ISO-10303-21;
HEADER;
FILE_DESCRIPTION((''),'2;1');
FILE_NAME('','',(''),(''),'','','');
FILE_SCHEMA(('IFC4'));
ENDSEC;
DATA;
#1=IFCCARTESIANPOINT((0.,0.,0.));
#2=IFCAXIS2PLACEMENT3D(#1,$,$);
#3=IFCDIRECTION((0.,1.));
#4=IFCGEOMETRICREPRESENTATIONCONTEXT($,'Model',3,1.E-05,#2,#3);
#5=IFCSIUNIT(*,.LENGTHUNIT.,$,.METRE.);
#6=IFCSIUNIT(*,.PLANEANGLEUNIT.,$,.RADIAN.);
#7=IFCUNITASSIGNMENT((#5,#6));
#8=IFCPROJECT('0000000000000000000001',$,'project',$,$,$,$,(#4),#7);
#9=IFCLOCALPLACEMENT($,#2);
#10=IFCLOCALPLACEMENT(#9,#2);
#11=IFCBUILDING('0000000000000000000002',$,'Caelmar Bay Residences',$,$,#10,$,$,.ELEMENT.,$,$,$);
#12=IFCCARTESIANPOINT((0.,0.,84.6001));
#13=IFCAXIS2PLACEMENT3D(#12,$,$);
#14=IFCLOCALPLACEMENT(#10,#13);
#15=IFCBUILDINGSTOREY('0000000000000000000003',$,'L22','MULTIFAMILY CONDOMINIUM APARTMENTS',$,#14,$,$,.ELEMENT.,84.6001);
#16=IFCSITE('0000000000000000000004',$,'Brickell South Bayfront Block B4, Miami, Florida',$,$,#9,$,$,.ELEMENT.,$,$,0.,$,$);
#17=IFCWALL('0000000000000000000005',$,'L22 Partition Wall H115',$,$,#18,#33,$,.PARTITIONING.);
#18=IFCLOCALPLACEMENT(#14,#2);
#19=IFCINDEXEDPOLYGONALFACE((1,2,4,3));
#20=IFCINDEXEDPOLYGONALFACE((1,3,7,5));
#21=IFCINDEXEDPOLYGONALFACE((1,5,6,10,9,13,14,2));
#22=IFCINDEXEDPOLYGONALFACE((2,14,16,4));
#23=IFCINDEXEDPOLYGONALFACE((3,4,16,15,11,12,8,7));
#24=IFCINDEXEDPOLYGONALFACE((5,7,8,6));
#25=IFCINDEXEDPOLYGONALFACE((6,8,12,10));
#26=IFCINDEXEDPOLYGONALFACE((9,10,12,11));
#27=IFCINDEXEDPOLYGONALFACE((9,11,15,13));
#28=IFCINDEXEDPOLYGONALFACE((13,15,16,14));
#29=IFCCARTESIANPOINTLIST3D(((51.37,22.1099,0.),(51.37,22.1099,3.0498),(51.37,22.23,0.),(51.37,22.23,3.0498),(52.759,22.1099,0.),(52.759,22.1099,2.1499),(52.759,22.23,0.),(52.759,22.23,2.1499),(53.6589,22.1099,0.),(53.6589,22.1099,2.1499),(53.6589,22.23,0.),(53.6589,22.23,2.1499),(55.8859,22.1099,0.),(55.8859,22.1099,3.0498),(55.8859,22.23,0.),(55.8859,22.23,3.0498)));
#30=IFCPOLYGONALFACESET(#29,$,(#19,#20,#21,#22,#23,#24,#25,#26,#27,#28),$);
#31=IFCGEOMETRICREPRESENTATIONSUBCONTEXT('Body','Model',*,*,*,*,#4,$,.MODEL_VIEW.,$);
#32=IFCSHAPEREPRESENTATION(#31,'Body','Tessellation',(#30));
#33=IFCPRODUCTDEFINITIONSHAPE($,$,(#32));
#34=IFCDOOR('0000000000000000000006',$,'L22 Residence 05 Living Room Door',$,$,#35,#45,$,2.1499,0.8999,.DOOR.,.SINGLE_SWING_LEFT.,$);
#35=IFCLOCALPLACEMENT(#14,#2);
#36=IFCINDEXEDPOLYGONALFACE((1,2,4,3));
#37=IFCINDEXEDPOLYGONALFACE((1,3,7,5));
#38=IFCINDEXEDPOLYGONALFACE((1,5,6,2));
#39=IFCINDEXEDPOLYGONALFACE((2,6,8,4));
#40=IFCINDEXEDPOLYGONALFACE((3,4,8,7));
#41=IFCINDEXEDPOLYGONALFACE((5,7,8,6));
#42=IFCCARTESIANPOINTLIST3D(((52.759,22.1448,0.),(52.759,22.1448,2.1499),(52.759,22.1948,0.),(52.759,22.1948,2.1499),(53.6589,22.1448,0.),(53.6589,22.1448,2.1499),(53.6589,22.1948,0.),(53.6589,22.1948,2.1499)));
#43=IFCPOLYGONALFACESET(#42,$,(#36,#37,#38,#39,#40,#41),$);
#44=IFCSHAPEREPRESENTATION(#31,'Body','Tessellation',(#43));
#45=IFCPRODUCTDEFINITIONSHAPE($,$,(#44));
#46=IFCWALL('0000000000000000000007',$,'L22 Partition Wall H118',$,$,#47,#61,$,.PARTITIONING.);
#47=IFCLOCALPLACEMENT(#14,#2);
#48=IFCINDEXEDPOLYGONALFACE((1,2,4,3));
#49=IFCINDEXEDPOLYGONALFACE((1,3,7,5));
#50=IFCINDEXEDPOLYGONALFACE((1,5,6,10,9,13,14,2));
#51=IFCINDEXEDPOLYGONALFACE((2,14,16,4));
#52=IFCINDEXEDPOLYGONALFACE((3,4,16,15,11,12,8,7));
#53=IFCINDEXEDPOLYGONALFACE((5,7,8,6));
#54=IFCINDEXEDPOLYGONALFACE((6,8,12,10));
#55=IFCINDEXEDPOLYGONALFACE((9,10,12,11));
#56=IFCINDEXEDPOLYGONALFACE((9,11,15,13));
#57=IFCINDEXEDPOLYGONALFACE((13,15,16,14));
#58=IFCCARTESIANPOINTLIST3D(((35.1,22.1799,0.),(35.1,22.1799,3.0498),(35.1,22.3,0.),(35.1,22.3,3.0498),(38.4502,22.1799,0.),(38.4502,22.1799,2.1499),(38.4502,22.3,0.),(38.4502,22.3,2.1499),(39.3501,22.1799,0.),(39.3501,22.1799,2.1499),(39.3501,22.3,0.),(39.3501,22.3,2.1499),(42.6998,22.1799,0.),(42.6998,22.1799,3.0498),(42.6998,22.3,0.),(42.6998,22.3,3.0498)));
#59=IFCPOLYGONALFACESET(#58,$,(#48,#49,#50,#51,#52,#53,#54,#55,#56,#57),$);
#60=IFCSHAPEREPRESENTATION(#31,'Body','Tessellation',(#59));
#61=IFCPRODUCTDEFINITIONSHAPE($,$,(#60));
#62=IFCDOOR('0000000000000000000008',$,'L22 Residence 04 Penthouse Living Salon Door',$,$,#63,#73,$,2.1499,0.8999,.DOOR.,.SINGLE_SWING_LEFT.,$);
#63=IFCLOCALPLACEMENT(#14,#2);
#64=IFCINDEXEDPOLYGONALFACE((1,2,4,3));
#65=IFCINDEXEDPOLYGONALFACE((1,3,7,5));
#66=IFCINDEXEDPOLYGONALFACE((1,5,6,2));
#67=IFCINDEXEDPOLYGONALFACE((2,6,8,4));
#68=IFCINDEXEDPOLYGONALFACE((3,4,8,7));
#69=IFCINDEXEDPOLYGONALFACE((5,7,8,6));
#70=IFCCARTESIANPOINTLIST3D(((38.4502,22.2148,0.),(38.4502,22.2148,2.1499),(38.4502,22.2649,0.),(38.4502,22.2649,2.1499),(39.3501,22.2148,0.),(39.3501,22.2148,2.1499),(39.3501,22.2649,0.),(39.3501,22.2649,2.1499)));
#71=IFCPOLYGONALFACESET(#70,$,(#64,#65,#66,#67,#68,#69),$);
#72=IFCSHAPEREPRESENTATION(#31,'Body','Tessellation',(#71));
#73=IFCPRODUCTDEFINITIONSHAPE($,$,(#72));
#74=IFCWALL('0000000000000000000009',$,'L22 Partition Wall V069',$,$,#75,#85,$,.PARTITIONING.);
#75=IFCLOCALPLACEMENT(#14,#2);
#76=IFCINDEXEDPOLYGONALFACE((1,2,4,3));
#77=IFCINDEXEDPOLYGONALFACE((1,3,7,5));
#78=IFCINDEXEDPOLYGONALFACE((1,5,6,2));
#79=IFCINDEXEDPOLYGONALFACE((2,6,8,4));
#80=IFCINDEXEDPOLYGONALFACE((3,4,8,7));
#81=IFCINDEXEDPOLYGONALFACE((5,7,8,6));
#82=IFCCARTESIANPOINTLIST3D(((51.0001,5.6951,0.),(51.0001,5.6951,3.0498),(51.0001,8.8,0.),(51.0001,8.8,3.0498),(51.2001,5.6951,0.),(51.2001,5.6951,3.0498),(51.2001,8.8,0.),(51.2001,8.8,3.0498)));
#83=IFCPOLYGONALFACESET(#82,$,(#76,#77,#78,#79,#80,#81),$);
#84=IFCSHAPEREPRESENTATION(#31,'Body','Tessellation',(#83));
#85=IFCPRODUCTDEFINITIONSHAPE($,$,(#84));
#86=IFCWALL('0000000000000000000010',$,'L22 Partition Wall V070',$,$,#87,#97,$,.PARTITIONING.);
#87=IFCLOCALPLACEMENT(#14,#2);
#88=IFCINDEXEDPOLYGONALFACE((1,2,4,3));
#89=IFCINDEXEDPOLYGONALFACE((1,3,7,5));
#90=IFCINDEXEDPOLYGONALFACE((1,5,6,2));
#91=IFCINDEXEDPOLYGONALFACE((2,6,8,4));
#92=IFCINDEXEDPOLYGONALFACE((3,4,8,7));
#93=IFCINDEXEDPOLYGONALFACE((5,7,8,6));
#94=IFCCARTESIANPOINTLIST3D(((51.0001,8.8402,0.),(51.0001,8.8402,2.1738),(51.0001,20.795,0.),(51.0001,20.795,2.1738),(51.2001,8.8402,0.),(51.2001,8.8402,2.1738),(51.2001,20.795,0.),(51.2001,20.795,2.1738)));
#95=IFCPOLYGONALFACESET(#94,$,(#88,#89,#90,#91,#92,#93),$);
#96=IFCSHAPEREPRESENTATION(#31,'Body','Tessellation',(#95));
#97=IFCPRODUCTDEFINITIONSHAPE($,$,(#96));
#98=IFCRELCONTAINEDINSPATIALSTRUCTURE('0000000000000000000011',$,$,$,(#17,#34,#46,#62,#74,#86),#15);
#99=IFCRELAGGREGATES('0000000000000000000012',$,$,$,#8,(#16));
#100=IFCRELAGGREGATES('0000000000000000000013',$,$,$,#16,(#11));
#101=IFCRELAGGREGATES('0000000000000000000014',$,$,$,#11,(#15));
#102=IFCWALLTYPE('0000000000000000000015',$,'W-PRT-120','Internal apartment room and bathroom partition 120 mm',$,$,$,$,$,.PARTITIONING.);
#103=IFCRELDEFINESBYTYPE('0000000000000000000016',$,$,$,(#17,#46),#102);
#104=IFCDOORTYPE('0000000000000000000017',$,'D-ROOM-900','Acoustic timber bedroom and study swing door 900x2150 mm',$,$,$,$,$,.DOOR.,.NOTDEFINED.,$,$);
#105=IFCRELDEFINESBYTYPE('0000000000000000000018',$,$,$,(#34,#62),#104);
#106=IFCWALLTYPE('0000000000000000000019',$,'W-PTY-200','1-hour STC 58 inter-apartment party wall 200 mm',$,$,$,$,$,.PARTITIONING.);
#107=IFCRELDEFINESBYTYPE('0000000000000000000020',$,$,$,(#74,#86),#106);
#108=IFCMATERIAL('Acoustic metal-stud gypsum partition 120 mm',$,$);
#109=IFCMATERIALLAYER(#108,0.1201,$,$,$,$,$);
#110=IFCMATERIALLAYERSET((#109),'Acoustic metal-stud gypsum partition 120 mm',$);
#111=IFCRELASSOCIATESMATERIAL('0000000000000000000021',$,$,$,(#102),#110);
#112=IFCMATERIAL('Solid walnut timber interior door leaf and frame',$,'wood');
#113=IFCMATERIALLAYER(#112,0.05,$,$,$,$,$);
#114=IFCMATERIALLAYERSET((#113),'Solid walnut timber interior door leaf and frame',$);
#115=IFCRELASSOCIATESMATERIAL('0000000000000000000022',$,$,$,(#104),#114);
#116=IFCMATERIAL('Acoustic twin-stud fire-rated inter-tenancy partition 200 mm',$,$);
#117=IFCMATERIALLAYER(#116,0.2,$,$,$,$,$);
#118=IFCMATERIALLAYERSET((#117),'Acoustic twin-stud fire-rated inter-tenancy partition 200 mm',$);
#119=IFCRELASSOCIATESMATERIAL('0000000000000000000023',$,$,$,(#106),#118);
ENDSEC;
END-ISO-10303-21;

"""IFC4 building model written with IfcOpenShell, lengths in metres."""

from ifc_helpers import new_model, si_unit, direction, frame, frame_2d, origin, place, context, subcontext, project, spatial, rectangle, extrude, material, layer, layer_set, type_object, element, fill, save


model = new_model("IFC4")

# Units and contexts
model_context = context("Model", 3, precision=1e-05, world=origin(), true_north=direction((0.0, 1.0)))
body_context = subcontext(model_context, "Body", "Model", "MODEL_VIEW")
ifc_project = project(units=[si_unit("LENGTHUNIT", "METRE"), si_unit("PLANEANGLEUNIT", "RADIAN")], contexts=[model_context])

# Site, building, storey
site_placement = place(None, origin())
site = spatial("IfcSite", under=ifc_project, at=site_placement, Name="Brickell South Bayfront Block B4, Miami, Florida", CompositionType="ELEMENT", RefElevation=0.0)
building_placement = place(site_placement, origin())
building = spatial("IfcBuilding", under=site, at=building_placement, Name="Caelmar Bay Residences", CompositionType="ELEMENT")
storey_placement = place(building_placement, frame((0.0, 0.0, 84.6001)))
storey = spatial("IfcBuildingStorey", under=building, at=storey_placement, Name="L22", Description="MULTIFAMILY CONDOMINIUM APARTMENTS", CompositionType="ELEMENT", Elevation=84.6001)

# Shared definitions
ifc_material_1 = material(Name="Acoustic metal-stud gypsum partition 120 mm")
ifc_layer_1 = layer(ifc_material_1, 0.1201)
ifc_layer_set_1 = layer_set([ifc_layer_1], Name="Acoustic metal-stud gypsum partition 120 mm")
wall_type_1 = type_object("IfcWallType", Name="W-PRT-120", Description="Internal apartment room and bathroom partition 120 mm", PredefinedType="PARTITIONING", material=ifc_layer_set_1)

# Walls, openings, doors
ifc_material_2 = material(Name="Solid walnut timber interior door leaf and frame", Category="wood")
ifc_layer_2 = layer(ifc_material_2, 0.05)
ifc_layer_set_2 = layer_set([ifc_layer_2], Name="Solid walnut timber interior door leaf and frame")
door_type = type_object("IfcDoorType", Name="D-ROOM-900", Description="Acoustic timber bedroom and study swing door 900x2150 mm", OperationType="NOTDEFINED", PredefinedType="DOOR", material=ifc_layer_set_2)
wall_1_placement = place(storey_placement, frame((51.3701, 22.1699, 0.0), z_axis=(0.0, 0.0, 1.0), x_axis=(1.0, 0.0, 0.0)))
wall_1 = element("IfcWall", 1, at=wall_1_placement, inside=storey, type_object=wall_type_1, Name="L22 Partition Wall H115", PredefinedType="PARTITIONING", context=body_context, shape_type="SweptSolid", body=[
    extrude(rectangle(XDim=4.5159, YDim=0.1201, at=frame_2d((2.2578, 0.0))), origin(), (0.0, 0.0, 1.0), 3.0498),
])
opening_1_placement = place(wall_1_placement, frame((1.3889, 0.0, 0.0)))
opening_1 = element("IfcOpeningElement", 2, at=opening_1_placement, cuts=wall_1, PredefinedType="OPENING", context=body_context, shape_type="SweptSolid", body=[
    extrude(rectangle(XDim=0.8999, YDim=2.1499, at=frame_2d((0.45, 1.075))), frame((0.0, 0.0701, 0.0), z_axis=(0.0, -1.0, 0.0), x_axis=(1.0, 0.0, 0.0)), (0.0, 0.0, 1.0), 0.1401),
])
door_1_placement = place(opening_1_placement, origin())
door_1 = element("IfcDoor", 3, at=door_1_placement, inside=storey, type_object=door_type, Name="L22 Residence 05 Living Room Door", OperationType="SINGLE_SWING_LEFT", OverallHeight=2.1499, OverallWidth=0.8999, PredefinedType="DOOR", context=body_context, shape_type="SweptSolid", body=[
    extrude(rectangle(XDim=0.8999, YDim=2.1499, at=frame_2d((0.45, 1.075))), frame((0.0, 0.0249, 0.0), z_axis=(0.0, -1.0, 0.0), x_axis=(1.0, 0.0, 0.0)), (0.0, 0.0, 1.0), 0.05),
])
fill(opening_1, door_1)
wall_2_placement = place(storey_placement, frame((35.1001, 22.24, 0.0), z_axis=(0.0, 0.0, 1.0), x_axis=(1.0, 0.0, 0.0)))
wall_2 = element("IfcWall", 4, at=wall_2_placement, inside=storey, type_object=wall_type_1, Name="L22 Partition Wall H118", PredefinedType="PARTITIONING", context=body_context, shape_type="SweptSolid", body=[
    extrude(rectangle(XDim=7.5999, YDim=0.1201, at=frame_2d((3.7998, 0.0))), origin(), (0.0, 0.0, 1.0), 3.0498),
])
opening_2_placement = place(wall_2_placement, frame((3.3501, 0.0, 0.0)))
opening_2 = element("IfcOpeningElement", 5, at=opening_2_placement, cuts=wall_2, PredefinedType="OPENING", context=body_context, shape_type="SweptSolid", body=[
    extrude(rectangle(XDim=0.8999, YDim=2.1499, at=frame_2d((0.45, 1.075))), frame((0.0, 0.0701, 0.0), z_axis=(0.0, -1.0, 0.0), x_axis=(1.0, 0.0, 0.0)), (0.0, 0.0, 1.0), 0.1401),
])
door_2_placement = place(opening_2_placement, origin())
door_2 = element("IfcDoor", 6, at=door_2_placement, inside=storey, type_object=door_type, Name="L22 Residence 04 Penthouse Living Salon Door", OperationType="SINGLE_SWING_LEFT", OverallHeight=2.1499, OverallWidth=0.8999, PredefinedType="DOOR", context=body_context, shape_type="SweptSolid", body=[
    extrude(rectangle(XDim=0.8999, YDim=2.1499, at=frame_2d((0.45, 1.075))), frame((0.0, 0.0249, 0.0), z_axis=(0.0, -1.0, 0.0), x_axis=(1.0, 0.0, 0.0)), (0.0, 0.0, 1.0), 0.05),
])
fill(opening_2, door_2)

# Walls
ifc_material_3 = material(Name="Acoustic twin-stud fire-rated inter-tenancy partition 200 mm")
ifc_layer_3 = layer(ifc_material_3, 0.2)
ifc_layer_set_3 = layer_set([ifc_layer_3], Name="Acoustic twin-stud fire-rated inter-tenancy partition 200 mm")
wall_type_2 = type_object("IfcWallType", Name="W-PTY-200", Description="1-hour STC 58 inter-apartment party wall 200 mm", PredefinedType="PARTITIONING", material=ifc_layer_set_3)
wall_3_placement = place(storey_placement, frame((51.1001, 5.6951, 0.0), z_axis=(0.0, 0.0, 1.0), x_axis=(0.0, 1.0, 0.0)))
element("IfcWall", 7, at=wall_3_placement, inside=storey, type_object=wall_type_2, Name="L22 Partition Wall V069", PredefinedType="PARTITIONING", context=body_context, shape_type="SweptSolid", body=[
    extrude(rectangle(XDim=3.105, YDim=0.2, at=frame_2d((1.5525, 0.0))), origin(), (0.0, 0.0, 1.0), 3.0498),
])
wall_4_placement = place(storey_placement, frame((51.1001, 8.8401, 0.0), z_axis=(0.0, 0.0, 1.0), x_axis=(0.0, 1.0, 0.0)))
element("IfcWall", 8, at=wall_4_placement, inside=storey, type_object=wall_type_2, Name="L22 Partition Wall V070", PredefinedType="PARTITIONING", context=body_context, shape_type="SweptSolid", body=[
    extrude(rectangle(XDim=11.9548, YDim=0.2, at=frame_2d((5.9775, 0.0))), origin(), (0.0, 0.0, 1.0), 2.1738),
])

save(model, "model.ifc")
